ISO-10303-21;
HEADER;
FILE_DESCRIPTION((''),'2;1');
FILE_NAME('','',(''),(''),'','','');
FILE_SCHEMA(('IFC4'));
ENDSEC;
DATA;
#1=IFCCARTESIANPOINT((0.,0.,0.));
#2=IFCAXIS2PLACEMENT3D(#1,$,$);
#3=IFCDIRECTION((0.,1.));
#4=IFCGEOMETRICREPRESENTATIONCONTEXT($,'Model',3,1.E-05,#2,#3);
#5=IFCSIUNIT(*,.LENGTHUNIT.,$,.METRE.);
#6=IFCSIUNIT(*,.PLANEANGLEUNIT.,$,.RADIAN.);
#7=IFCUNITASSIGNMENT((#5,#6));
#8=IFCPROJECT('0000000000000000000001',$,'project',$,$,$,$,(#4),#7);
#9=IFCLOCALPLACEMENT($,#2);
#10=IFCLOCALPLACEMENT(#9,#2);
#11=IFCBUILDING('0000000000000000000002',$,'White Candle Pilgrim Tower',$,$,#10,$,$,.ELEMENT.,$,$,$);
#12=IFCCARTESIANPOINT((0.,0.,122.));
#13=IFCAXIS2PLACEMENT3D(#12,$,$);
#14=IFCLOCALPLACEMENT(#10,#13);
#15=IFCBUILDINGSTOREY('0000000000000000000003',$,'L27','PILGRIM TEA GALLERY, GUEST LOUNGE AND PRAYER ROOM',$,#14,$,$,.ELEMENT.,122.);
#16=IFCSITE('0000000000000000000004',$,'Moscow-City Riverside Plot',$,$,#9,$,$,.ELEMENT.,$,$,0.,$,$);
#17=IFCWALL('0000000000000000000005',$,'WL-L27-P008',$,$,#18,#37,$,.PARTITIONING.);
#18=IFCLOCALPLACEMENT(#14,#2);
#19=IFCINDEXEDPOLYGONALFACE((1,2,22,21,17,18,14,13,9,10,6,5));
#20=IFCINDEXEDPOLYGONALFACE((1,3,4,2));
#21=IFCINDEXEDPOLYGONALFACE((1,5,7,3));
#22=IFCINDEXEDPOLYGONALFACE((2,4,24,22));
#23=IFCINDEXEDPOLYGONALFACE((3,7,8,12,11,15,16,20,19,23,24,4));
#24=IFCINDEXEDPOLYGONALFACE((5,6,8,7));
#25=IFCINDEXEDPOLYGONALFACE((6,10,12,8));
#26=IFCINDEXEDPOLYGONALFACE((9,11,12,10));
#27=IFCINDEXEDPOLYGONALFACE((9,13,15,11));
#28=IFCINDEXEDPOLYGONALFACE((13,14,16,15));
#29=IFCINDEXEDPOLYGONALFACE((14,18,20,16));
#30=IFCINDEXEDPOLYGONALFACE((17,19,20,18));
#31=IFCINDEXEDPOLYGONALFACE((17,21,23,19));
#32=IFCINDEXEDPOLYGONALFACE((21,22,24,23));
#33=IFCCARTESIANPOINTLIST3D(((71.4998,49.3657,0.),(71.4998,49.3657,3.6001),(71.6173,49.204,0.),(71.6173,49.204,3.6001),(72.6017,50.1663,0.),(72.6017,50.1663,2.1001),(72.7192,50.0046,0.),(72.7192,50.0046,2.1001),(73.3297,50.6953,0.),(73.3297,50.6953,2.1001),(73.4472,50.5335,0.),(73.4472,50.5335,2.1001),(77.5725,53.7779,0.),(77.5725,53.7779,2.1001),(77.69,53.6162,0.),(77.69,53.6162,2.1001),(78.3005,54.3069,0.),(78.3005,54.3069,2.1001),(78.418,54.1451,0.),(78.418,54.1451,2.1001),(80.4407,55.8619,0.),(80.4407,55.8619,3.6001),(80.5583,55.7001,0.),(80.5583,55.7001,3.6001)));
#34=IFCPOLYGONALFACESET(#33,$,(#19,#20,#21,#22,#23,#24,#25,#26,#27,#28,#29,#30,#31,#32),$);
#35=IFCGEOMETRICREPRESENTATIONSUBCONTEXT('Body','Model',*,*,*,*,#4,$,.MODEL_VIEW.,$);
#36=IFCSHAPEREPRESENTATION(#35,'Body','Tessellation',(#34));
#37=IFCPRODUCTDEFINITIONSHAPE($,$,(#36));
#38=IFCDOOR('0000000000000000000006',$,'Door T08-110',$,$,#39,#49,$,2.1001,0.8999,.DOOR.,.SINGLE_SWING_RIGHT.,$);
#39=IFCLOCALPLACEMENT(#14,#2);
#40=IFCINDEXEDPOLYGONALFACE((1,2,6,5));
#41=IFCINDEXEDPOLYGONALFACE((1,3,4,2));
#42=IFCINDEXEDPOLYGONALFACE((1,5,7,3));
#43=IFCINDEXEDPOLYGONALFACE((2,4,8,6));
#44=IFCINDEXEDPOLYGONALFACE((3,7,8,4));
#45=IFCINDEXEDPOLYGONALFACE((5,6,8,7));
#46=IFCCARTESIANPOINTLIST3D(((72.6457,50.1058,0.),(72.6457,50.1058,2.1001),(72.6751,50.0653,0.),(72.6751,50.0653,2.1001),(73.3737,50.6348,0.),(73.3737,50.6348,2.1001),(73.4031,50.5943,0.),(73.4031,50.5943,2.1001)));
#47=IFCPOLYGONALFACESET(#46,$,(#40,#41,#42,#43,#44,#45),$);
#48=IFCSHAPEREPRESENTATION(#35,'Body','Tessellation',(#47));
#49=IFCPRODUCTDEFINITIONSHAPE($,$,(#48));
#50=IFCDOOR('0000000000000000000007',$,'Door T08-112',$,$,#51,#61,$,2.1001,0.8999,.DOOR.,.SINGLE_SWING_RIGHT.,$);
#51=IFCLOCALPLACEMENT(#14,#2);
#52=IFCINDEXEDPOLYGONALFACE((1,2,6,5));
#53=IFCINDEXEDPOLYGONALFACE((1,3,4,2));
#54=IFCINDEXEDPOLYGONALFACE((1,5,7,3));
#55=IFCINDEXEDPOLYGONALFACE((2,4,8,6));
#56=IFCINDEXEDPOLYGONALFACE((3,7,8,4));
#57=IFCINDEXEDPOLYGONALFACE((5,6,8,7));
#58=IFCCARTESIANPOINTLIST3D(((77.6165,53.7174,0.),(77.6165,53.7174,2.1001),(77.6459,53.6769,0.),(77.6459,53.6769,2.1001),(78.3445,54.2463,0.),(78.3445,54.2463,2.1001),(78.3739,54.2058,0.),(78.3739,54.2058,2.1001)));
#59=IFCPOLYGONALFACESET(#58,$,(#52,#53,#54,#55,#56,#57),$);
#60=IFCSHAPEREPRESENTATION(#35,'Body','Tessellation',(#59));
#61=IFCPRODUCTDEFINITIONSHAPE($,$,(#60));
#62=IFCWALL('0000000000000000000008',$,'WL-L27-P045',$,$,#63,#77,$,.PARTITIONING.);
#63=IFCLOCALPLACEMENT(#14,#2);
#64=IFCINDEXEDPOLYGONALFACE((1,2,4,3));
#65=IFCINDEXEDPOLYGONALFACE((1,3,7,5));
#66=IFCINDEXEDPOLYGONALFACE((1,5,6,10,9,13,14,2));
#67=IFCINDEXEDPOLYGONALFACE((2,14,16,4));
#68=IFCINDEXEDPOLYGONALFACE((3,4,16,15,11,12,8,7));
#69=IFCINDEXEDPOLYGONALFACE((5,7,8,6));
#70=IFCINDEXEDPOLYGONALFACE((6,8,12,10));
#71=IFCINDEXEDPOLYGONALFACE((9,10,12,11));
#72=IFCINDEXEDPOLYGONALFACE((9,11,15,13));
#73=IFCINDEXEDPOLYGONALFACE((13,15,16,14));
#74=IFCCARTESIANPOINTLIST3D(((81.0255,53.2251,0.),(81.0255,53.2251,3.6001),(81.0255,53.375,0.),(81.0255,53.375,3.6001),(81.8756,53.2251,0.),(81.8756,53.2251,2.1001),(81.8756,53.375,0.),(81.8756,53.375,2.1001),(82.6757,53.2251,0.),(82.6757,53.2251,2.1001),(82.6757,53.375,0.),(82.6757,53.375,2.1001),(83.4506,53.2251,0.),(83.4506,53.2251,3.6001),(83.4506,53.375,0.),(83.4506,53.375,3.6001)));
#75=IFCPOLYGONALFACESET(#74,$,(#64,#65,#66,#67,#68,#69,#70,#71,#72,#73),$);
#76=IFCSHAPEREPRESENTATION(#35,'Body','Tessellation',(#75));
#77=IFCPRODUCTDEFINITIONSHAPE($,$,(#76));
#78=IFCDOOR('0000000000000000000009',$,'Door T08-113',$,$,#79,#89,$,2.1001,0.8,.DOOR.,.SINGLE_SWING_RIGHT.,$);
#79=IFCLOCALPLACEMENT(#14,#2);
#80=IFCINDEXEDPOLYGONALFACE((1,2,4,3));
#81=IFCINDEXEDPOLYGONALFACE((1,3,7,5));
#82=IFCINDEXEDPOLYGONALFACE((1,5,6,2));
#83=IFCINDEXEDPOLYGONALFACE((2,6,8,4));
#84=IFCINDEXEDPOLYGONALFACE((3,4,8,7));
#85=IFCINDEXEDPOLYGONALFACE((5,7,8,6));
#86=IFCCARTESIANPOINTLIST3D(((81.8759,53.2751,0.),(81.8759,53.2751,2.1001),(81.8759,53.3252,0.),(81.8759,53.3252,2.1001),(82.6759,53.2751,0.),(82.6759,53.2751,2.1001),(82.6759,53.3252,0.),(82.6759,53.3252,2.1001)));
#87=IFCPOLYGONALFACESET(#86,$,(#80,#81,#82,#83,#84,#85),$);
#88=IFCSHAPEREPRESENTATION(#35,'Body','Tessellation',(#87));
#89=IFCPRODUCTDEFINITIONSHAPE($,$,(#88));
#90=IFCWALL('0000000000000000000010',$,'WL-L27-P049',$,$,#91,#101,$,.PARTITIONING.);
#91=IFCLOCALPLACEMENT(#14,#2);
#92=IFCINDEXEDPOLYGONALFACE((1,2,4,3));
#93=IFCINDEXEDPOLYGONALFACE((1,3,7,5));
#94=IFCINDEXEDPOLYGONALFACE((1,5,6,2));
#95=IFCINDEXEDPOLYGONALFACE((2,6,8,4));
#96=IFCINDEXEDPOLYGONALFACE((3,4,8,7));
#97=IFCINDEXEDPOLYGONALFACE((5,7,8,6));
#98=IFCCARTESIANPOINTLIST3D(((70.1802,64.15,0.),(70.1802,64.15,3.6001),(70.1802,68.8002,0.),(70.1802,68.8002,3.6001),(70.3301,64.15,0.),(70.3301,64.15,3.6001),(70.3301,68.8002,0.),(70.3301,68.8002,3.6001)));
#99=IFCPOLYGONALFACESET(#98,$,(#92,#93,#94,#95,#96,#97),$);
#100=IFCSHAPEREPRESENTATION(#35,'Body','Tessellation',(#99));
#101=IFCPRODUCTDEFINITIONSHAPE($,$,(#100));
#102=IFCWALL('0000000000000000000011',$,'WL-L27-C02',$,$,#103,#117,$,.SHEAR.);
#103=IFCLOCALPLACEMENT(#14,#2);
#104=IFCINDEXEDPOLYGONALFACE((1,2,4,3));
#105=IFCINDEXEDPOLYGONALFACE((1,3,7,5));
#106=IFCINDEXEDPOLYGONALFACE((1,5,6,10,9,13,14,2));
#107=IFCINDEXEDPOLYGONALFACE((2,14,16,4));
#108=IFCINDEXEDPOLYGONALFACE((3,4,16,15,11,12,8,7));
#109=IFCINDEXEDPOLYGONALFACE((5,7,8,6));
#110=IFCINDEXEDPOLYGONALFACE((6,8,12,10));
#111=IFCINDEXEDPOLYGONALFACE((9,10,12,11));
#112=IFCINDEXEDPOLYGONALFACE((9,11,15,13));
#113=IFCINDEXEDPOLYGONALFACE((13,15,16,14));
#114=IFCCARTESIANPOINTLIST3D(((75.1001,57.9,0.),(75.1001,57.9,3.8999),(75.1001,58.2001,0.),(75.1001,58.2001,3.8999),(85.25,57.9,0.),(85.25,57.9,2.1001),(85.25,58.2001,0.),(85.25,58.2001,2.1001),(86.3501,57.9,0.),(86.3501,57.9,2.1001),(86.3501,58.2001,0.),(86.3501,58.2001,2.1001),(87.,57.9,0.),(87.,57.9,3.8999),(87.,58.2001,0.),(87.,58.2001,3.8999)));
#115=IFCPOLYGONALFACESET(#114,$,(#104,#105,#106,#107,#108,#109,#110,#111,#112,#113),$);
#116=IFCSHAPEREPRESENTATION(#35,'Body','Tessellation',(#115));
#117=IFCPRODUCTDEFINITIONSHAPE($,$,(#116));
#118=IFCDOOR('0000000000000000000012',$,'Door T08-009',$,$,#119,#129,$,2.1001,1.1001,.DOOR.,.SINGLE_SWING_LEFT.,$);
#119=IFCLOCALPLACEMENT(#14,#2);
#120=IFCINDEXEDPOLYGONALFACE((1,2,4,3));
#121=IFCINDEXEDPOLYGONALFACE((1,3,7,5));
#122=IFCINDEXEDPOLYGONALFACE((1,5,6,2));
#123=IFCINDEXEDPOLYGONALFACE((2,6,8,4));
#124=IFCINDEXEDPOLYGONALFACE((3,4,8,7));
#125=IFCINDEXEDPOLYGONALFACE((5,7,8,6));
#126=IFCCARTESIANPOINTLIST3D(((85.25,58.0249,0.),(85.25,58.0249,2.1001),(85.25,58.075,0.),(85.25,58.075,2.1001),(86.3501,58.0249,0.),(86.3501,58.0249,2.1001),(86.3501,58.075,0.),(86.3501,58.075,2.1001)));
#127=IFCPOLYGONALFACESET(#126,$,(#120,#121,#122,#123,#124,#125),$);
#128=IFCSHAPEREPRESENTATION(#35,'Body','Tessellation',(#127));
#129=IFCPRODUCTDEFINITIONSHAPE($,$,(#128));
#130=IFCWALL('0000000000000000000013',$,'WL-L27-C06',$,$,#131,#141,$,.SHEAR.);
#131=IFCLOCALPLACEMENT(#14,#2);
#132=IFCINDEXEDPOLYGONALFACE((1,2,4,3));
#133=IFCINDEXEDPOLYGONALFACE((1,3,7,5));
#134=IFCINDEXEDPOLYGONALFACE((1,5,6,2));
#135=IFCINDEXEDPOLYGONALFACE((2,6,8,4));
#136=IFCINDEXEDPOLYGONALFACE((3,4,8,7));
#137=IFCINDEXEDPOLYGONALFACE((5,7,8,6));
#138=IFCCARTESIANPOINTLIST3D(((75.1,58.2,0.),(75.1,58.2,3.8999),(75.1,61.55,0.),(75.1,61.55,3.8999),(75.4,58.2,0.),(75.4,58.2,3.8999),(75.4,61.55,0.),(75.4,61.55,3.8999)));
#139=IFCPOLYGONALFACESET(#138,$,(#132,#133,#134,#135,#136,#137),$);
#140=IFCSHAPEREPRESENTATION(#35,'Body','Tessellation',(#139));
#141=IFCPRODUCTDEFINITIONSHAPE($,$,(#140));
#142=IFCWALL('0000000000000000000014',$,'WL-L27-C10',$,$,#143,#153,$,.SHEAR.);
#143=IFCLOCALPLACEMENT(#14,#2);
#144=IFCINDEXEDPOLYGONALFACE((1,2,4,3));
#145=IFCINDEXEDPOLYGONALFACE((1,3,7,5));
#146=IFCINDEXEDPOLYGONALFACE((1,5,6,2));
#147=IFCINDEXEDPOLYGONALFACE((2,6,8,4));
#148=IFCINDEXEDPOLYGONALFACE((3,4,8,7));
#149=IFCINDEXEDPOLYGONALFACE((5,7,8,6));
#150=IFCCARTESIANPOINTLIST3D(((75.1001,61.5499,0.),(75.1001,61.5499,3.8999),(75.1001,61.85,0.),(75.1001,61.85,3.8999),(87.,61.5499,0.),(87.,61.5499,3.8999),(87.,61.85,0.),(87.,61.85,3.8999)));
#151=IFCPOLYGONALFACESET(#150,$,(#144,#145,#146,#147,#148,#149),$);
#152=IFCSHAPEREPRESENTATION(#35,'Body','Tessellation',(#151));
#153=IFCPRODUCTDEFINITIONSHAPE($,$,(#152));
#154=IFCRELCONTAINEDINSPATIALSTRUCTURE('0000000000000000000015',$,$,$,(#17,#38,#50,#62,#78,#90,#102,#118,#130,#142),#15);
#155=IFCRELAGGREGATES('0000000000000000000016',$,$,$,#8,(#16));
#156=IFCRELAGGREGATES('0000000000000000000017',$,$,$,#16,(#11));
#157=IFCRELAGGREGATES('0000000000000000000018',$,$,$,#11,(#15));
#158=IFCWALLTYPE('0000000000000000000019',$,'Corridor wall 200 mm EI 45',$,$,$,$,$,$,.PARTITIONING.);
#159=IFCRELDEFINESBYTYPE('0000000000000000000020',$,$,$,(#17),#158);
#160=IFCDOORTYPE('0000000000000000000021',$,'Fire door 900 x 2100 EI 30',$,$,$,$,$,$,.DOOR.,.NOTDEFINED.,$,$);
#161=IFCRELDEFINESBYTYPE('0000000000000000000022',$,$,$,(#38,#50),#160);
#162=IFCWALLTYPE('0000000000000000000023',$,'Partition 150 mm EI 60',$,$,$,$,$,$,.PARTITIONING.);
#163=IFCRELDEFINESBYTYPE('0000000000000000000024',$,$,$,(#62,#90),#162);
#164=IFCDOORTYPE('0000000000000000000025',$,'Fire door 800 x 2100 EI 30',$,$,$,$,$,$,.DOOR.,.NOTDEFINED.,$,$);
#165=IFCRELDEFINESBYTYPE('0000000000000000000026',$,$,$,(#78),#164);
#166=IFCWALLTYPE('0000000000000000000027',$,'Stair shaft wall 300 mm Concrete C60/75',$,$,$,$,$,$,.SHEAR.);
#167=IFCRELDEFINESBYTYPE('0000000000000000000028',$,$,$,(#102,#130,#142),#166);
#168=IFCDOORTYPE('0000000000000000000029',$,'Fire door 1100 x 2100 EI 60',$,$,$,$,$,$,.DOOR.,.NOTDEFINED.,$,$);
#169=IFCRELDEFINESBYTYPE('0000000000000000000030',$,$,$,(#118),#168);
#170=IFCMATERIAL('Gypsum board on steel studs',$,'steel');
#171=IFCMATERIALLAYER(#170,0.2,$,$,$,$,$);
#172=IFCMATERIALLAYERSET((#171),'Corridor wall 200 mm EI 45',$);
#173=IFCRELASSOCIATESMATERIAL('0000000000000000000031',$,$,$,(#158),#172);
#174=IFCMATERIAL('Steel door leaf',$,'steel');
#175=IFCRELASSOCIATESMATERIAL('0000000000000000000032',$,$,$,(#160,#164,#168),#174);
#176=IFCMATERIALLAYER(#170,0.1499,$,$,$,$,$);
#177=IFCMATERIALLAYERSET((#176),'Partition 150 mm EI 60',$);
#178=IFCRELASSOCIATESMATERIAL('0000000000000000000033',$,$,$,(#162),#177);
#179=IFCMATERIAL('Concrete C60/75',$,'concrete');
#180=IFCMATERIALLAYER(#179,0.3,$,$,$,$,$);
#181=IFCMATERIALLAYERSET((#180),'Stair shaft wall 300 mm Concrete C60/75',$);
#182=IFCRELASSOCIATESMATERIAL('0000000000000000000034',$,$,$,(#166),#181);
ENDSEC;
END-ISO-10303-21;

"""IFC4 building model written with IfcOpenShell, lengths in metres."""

from ifc_helpers import new_model, si_unit, direction, frame, frame_2d, origin, place, context, subcontext, project, spatial, rectangle, extrude, material, layer, layer_set, type_object, element, fill, save


model = new_model("IFC4")

# Units and contexts
model_context = context("Model", 3, precision=1e-05, world=origin(), true_north=direction((0.0, 1.0)))
body_context = subcontext(model_context, "Body", "Model", "MODEL_VIEW")
ifc_project = project(units=[si_unit("LENGTHUNIT", "METRE"), si_unit("PLANEANGLEUNIT", "RADIAN")], contexts=[model_context])

# Site, building, storey
site_placement = place(None, origin())
site = spatial("IfcSite", under=ifc_project, at=site_placement, Name="Moscow-City Riverside Plot", CompositionType="ELEMENT", RefElevation=0.0)
building_placement = place(site_placement, origin())
building = spatial("IfcBuilding", under=site, at=building_placement, Name="White Candle Pilgrim Tower", CompositionType="ELEMENT")
storey_placement = place(building_placement, frame((0.0, 0.0, 122.0)))
storey = spatial("IfcBuildingStorey", under=building, at=storey_placement, Name="L27", Description="PILGRIM TEA GALLERY, GUEST LOUNGE AND PRAYER ROOM", CompositionType="ELEMENT", Elevation=122.0)

# Wall, openings, doors
ifc_material_1 = material(Name="Gypsum board on steel studs", Category="steel")
ifc_layer_1 = layer(ifc_material_1, 0.2)
ifc_layer_set_1 = layer_set([ifc_layer_1], Name="Corridor wall 200 mm EI 45")
wall_type_1 = type_object("IfcWallType", Name="Corridor wall 200 mm EI 45", PredefinedType="PARTITIONING", material=ifc_layer_set_1)
wall_1_placement = place(storey_placement, frame((80.4995, 55.781, 0.0), z_axis=(0.0, 0.0, 1.0), x_axis=(-0.809011, -0.587793, 0.0)))
wall_1 = element("IfcWall", 1, at=wall_1_placement, inside=storey, type_object=wall_type_1, Name="WL-L27-P008", PredefinedType="PARTITIONING", context=body_context, shape_type="SweptSolid", body=[
    extrude(rectangle(XDim=11.0518, YDim=0.2, at=frame_2d((5.5259, 0.0))), origin(), (0.0, 0.0, 1.0), 3.6001),
])
opening_1_placement = place(wall_1_placement, frame((8.7898, 0.0, 0.0)))
opening_1 = element("IfcOpeningElement", 2, at=opening_1_placement, cuts=wall_1, PredefinedType="OPENING", context=body_context, shape_type="SweptSolid", body=[
    extrude(rectangle(XDim=0.8999, YDim=2.1001, at=frame_2d((0.45, 1.05))), frame((0.0, 0.1099, 0.0), z_axis=(0.0, -1.0, 0.0), x_axis=(1.0, 0.0, 0.0)), (0.0, 0.0, 1.0), 0.22),
])
opening_2_placement = place(wall_1_placement, frame((2.6455, 0.0, 0.0)))
opening_2 = element("IfcOpeningElement", 3, at=opening_2_placement, cuts=wall_1, PredefinedType="OPENING", context=body_context, shape_type="SweptSolid", body=[
    extrude(rectangle(XDim=0.8999, YDim=2.1001, at=frame_2d((0.45, 1.05))), frame((0.0, 0.1099, 0.0), z_axis=(0.0, -1.0, 0.0), x_axis=(1.0, 0.0, 0.0)), (0.0, 0.0, 1.0), 0.22),
])
ifc_material_2 = material(Name="Steel door leaf", Category="steel")
door_type_1 = type_object("IfcDoorType", Name="Fire door 900 x 2100 EI 30", OperationType="NOTDEFINED", PredefinedType="DOOR", material=ifc_material_2)
door_1_placement = place(opening_1_placement, origin())
door_1 = element("IfcDoor", 4, at=door_1_placement, inside=storey, type_object=door_type_1, Name="Door T08-110", OperationType="SINGLE_SWING_RIGHT", OverallHeight=2.1001, OverallWidth=0.8999, PredefinedType="DOOR", context=body_context, shape_type="SweptSolid", body=[
    extrude(rectangle(XDim=0.8999, YDim=2.1001, at=frame_2d((0.45, 1.05))), frame((0.0, 0.0249, 0.0), z_axis=(0.0, -1.0, 0.0), x_axis=(1.0, 0.0, 0.0)), (0.0, 0.0, 1.0), 0.05),
])
fill(opening_1, door_1)
door_2_placement = place(opening_2_placement, origin())
door_2 = element("IfcDoor", 5, at=door_2_placement, inside=storey, type_object=door_type_1, Name="Door T08-112", OperationType="SINGLE_SWING_RIGHT", OverallHeight=2.1001, OverallWidth=0.8999, PredefinedType="DOOR", context=body_context, shape_type="SweptSolid", body=[
    extrude(rectangle(XDim=0.8999, YDim=2.1001, at=frame_2d((0.45, 1.05))), frame((0.0, 0.0249, 0.0), z_axis=(0.0, -1.0, 0.0), x_axis=(1.0, 0.0, 0.0)), (0.0, 0.0, 1.0), 0.05),
])
fill(opening_2, door_2)

# Wall, opening, door
ifc_layer_2 = layer(ifc_material_1, 0.1499)
ifc_layer_set_2 = layer_set([ifc_layer_2], Name="Partition 150 mm EI 60")
wall_type_2 = type_object("IfcWallType", Name="Partition 150 mm EI 60", PredefinedType="PARTITIONING", material=ifc_layer_set_2)
wall_2_placement = place(storey_placement, frame((81.0256, 53.3, 0.0), z_axis=(0.0, 0.0, 1.0), x_axis=(1.0, 0.0, 0.0)))
wall_2 = element("IfcWall", 6, at=wall_2_placement, inside=storey, type_object=wall_type_2, Name="WL-L27-P045", PredefinedType="PARTITIONING", context=body_context, shape_type="SweptSolid", body=[
    extrude(rectangle(XDim=2.425, YDim=0.1499, at=frame_2d((1.2124, 0.0))), origin(), (0.0, 0.0, 1.0), 3.6001),
])
opening_3_placement = place(wall_2_placement, frame((0.8501, 0.0, 0.0)))
opening_3 = element("IfcOpeningElement", 7, at=opening_3_placement, cuts=wall_2, PredefinedType="OPENING", context=body_context, shape_type="SweptSolid", body=[
    extrude(rectangle(XDim=0.8, YDim=2.1001, at=frame_2d((0.3999, 1.05))), frame((0.0, 0.085, 0.0), z_axis=(0.0, -1.0, 0.0), x_axis=(1.0, 0.0, 0.0)), (0.0, 0.0, 1.0), 0.1699),
])
door_type_2 = type_object("IfcDoorType", Name="Fire door 800 x 2100 EI 30", OperationType="NOTDEFINED", PredefinedType="DOOR", material=ifc_material_2)
door_3_placement = place(opening_3_placement, frame((0.8, 0.0, 0.0), z_axis=(0.0, 0.0, 1.0), x_axis=(-1.0, 0.0, 0.0)))
door_3 = element("IfcDoor", 8, at=door_3_placement, inside=storey, type_object=door_type_2, Name="Door T08-113", OperationType="SINGLE_SWING_RIGHT", OverallHeight=2.1001, OverallWidth=0.8, PredefinedType="DOOR", context=body_context, shape_type="SweptSolid", body=[
    extrude(rectangle(XDim=0.8, YDim=2.1001, at=frame_2d((0.3999, 1.05))), frame((0.0, 0.0249, 0.0), z_axis=(0.0, -1.0, 0.0), x_axis=(1.0, 0.0, 0.0)), (0.0, 0.0, 1.0), 0.05),
])
fill(opening_3, door_3)

# Wall
wall_3_placement = place(storey_placement, frame((70.2551, 64.1499, 0.0), z_axis=(0.0, 0.0, 1.0), x_axis=(0.0, 1.0, 0.0)))
element("IfcWall", 9, at=wall_3_placement, inside=storey, type_object=wall_type_2, Name="WL-L27-P049", PredefinedType="PARTITIONING", context=body_context, shape_type="SweptSolid", body=[
    extrude(rectangle(XDim=4.6501, YDim=0.1499, at=frame_2d((2.3252, 0.0))), origin(), (0.0, 0.0, 1.0), 3.6001),
])

# Wall, opening, door
ifc_material_3 = material(Name="Concrete C60/75", Category="concrete")
ifc_layer_3 = layer(ifc_material_3, 0.3)
ifc_layer_set_3 = layer_set([ifc_layer_3], Name="Stair shaft wall 300 mm Concrete C60/75")
wall_type_3 = type_object("IfcWallType", Name="Stair shaft wall 300 mm Concrete C60/75", PredefinedType="SHEAR", material=ifc_layer_set_3)
wall_4_placement = place(storey_placement, frame((75.1001, 58.05, 0.0), z_axis=(0.0, 0.0, 1.0), x_axis=(1.0, 0.0, 0.0)))
wall_4 = element("IfcWall", 10, at=wall_4_placement, inside=storey, type_object=wall_type_3, Name="WL-L27-C02", PredefinedType="SHEAR", context=body_context, shape_type="SweptSolid", body=[
    extrude(rectangle(XDim=11.8999, YDim=0.3, at=frame_2d((5.95, 0.0))), origin(), (0.0, 0.0, 1.0), 3.8999),
])
opening_4_placement = place(wall_4_placement, frame((10.1499, 0.0, 0.0)))
opening_4 = element("IfcOpeningElement", 11, at=opening_4_placement, cuts=wall_4, PredefinedType="OPENING", context=body_context, shape_type="SweptSolid", body=[
    extrude(rectangle(XDim=1.1001, YDim=2.1001, at=frame_2d((0.55, 1.05))), frame((0.0, 0.1599, 0.0), z_axis=(0.0, -1.0, 0.0), x_axis=(1.0, 0.0, 0.0)), (0.0, 0.0, 1.0), 0.3201),
])
door_type_3 = type_object("IfcDoorType", Name="Fire door 1100 x 2100 EI 60", OperationType="NOTDEFINED", PredefinedType="DOOR", material=ifc_material_2)
door_4_placement = place(opening_4_placement, origin())
door_4 = element("IfcDoor", 12, at=door_4_placement, inside=storey, type_object=door_type_3, Name="Door T08-009", OperationType="SINGLE_SWING_LEFT", OverallHeight=2.1001, OverallWidth=1.1001, PredefinedType="DOOR", context=body_context, shape_type="SweptSolid", body=[
    extrude(rectangle(XDim=1.1001, YDim=2.1001, at=frame_2d((0.55, 1.05))), frame((0.0, 0.0249, 0.0), z_axis=(0.0, -1.0, 0.0), x_axis=(1.0, 0.0, 0.0)), (0.0, 0.0, 1.0), 0.05),
])
fill(opening_4, door_4)

# Walls
wall_5_placement = place(storey_placement, frame((75.25, 58.2, 0.0), z_axis=(0.0, 0.0, 1.0), x_axis=(0.0, 1.0, 0.0)))
element("IfcWall", 13, at=wall_5_placement, inside=storey, type_object=wall_type_3, Name="WL-L27-C06", PredefinedType="SHEAR", context=body_context, shape_type="SweptSolid", body=[
    extrude(rectangle(XDim=3.3501, YDim=0.3, at=frame_2d((1.675, 0.0))), origin(), (0.0, 0.0, 1.0), 3.8999),
])
wall_6_placement = place(storey_placement, frame((75.1001, 61.7, 0.0), z_axis=(0.0, 0.0, 1.0), x_axis=(1.0, 0.0, 0.0)))
element("IfcWall", 14, at=wall_6_placement, inside=storey, type_object=wall_type_3, Name="WL-L27-C10", PredefinedType="SHEAR", context=body_context, shape_type="SweptSolid", body=[
    extrude(rectangle(XDim=11.8999, YDim=0.3, at=frame_2d((5.95, 0.0))), origin(), (0.0, 0.0, 1.0), 3.8999),
])

save(model, "model.ifc")
